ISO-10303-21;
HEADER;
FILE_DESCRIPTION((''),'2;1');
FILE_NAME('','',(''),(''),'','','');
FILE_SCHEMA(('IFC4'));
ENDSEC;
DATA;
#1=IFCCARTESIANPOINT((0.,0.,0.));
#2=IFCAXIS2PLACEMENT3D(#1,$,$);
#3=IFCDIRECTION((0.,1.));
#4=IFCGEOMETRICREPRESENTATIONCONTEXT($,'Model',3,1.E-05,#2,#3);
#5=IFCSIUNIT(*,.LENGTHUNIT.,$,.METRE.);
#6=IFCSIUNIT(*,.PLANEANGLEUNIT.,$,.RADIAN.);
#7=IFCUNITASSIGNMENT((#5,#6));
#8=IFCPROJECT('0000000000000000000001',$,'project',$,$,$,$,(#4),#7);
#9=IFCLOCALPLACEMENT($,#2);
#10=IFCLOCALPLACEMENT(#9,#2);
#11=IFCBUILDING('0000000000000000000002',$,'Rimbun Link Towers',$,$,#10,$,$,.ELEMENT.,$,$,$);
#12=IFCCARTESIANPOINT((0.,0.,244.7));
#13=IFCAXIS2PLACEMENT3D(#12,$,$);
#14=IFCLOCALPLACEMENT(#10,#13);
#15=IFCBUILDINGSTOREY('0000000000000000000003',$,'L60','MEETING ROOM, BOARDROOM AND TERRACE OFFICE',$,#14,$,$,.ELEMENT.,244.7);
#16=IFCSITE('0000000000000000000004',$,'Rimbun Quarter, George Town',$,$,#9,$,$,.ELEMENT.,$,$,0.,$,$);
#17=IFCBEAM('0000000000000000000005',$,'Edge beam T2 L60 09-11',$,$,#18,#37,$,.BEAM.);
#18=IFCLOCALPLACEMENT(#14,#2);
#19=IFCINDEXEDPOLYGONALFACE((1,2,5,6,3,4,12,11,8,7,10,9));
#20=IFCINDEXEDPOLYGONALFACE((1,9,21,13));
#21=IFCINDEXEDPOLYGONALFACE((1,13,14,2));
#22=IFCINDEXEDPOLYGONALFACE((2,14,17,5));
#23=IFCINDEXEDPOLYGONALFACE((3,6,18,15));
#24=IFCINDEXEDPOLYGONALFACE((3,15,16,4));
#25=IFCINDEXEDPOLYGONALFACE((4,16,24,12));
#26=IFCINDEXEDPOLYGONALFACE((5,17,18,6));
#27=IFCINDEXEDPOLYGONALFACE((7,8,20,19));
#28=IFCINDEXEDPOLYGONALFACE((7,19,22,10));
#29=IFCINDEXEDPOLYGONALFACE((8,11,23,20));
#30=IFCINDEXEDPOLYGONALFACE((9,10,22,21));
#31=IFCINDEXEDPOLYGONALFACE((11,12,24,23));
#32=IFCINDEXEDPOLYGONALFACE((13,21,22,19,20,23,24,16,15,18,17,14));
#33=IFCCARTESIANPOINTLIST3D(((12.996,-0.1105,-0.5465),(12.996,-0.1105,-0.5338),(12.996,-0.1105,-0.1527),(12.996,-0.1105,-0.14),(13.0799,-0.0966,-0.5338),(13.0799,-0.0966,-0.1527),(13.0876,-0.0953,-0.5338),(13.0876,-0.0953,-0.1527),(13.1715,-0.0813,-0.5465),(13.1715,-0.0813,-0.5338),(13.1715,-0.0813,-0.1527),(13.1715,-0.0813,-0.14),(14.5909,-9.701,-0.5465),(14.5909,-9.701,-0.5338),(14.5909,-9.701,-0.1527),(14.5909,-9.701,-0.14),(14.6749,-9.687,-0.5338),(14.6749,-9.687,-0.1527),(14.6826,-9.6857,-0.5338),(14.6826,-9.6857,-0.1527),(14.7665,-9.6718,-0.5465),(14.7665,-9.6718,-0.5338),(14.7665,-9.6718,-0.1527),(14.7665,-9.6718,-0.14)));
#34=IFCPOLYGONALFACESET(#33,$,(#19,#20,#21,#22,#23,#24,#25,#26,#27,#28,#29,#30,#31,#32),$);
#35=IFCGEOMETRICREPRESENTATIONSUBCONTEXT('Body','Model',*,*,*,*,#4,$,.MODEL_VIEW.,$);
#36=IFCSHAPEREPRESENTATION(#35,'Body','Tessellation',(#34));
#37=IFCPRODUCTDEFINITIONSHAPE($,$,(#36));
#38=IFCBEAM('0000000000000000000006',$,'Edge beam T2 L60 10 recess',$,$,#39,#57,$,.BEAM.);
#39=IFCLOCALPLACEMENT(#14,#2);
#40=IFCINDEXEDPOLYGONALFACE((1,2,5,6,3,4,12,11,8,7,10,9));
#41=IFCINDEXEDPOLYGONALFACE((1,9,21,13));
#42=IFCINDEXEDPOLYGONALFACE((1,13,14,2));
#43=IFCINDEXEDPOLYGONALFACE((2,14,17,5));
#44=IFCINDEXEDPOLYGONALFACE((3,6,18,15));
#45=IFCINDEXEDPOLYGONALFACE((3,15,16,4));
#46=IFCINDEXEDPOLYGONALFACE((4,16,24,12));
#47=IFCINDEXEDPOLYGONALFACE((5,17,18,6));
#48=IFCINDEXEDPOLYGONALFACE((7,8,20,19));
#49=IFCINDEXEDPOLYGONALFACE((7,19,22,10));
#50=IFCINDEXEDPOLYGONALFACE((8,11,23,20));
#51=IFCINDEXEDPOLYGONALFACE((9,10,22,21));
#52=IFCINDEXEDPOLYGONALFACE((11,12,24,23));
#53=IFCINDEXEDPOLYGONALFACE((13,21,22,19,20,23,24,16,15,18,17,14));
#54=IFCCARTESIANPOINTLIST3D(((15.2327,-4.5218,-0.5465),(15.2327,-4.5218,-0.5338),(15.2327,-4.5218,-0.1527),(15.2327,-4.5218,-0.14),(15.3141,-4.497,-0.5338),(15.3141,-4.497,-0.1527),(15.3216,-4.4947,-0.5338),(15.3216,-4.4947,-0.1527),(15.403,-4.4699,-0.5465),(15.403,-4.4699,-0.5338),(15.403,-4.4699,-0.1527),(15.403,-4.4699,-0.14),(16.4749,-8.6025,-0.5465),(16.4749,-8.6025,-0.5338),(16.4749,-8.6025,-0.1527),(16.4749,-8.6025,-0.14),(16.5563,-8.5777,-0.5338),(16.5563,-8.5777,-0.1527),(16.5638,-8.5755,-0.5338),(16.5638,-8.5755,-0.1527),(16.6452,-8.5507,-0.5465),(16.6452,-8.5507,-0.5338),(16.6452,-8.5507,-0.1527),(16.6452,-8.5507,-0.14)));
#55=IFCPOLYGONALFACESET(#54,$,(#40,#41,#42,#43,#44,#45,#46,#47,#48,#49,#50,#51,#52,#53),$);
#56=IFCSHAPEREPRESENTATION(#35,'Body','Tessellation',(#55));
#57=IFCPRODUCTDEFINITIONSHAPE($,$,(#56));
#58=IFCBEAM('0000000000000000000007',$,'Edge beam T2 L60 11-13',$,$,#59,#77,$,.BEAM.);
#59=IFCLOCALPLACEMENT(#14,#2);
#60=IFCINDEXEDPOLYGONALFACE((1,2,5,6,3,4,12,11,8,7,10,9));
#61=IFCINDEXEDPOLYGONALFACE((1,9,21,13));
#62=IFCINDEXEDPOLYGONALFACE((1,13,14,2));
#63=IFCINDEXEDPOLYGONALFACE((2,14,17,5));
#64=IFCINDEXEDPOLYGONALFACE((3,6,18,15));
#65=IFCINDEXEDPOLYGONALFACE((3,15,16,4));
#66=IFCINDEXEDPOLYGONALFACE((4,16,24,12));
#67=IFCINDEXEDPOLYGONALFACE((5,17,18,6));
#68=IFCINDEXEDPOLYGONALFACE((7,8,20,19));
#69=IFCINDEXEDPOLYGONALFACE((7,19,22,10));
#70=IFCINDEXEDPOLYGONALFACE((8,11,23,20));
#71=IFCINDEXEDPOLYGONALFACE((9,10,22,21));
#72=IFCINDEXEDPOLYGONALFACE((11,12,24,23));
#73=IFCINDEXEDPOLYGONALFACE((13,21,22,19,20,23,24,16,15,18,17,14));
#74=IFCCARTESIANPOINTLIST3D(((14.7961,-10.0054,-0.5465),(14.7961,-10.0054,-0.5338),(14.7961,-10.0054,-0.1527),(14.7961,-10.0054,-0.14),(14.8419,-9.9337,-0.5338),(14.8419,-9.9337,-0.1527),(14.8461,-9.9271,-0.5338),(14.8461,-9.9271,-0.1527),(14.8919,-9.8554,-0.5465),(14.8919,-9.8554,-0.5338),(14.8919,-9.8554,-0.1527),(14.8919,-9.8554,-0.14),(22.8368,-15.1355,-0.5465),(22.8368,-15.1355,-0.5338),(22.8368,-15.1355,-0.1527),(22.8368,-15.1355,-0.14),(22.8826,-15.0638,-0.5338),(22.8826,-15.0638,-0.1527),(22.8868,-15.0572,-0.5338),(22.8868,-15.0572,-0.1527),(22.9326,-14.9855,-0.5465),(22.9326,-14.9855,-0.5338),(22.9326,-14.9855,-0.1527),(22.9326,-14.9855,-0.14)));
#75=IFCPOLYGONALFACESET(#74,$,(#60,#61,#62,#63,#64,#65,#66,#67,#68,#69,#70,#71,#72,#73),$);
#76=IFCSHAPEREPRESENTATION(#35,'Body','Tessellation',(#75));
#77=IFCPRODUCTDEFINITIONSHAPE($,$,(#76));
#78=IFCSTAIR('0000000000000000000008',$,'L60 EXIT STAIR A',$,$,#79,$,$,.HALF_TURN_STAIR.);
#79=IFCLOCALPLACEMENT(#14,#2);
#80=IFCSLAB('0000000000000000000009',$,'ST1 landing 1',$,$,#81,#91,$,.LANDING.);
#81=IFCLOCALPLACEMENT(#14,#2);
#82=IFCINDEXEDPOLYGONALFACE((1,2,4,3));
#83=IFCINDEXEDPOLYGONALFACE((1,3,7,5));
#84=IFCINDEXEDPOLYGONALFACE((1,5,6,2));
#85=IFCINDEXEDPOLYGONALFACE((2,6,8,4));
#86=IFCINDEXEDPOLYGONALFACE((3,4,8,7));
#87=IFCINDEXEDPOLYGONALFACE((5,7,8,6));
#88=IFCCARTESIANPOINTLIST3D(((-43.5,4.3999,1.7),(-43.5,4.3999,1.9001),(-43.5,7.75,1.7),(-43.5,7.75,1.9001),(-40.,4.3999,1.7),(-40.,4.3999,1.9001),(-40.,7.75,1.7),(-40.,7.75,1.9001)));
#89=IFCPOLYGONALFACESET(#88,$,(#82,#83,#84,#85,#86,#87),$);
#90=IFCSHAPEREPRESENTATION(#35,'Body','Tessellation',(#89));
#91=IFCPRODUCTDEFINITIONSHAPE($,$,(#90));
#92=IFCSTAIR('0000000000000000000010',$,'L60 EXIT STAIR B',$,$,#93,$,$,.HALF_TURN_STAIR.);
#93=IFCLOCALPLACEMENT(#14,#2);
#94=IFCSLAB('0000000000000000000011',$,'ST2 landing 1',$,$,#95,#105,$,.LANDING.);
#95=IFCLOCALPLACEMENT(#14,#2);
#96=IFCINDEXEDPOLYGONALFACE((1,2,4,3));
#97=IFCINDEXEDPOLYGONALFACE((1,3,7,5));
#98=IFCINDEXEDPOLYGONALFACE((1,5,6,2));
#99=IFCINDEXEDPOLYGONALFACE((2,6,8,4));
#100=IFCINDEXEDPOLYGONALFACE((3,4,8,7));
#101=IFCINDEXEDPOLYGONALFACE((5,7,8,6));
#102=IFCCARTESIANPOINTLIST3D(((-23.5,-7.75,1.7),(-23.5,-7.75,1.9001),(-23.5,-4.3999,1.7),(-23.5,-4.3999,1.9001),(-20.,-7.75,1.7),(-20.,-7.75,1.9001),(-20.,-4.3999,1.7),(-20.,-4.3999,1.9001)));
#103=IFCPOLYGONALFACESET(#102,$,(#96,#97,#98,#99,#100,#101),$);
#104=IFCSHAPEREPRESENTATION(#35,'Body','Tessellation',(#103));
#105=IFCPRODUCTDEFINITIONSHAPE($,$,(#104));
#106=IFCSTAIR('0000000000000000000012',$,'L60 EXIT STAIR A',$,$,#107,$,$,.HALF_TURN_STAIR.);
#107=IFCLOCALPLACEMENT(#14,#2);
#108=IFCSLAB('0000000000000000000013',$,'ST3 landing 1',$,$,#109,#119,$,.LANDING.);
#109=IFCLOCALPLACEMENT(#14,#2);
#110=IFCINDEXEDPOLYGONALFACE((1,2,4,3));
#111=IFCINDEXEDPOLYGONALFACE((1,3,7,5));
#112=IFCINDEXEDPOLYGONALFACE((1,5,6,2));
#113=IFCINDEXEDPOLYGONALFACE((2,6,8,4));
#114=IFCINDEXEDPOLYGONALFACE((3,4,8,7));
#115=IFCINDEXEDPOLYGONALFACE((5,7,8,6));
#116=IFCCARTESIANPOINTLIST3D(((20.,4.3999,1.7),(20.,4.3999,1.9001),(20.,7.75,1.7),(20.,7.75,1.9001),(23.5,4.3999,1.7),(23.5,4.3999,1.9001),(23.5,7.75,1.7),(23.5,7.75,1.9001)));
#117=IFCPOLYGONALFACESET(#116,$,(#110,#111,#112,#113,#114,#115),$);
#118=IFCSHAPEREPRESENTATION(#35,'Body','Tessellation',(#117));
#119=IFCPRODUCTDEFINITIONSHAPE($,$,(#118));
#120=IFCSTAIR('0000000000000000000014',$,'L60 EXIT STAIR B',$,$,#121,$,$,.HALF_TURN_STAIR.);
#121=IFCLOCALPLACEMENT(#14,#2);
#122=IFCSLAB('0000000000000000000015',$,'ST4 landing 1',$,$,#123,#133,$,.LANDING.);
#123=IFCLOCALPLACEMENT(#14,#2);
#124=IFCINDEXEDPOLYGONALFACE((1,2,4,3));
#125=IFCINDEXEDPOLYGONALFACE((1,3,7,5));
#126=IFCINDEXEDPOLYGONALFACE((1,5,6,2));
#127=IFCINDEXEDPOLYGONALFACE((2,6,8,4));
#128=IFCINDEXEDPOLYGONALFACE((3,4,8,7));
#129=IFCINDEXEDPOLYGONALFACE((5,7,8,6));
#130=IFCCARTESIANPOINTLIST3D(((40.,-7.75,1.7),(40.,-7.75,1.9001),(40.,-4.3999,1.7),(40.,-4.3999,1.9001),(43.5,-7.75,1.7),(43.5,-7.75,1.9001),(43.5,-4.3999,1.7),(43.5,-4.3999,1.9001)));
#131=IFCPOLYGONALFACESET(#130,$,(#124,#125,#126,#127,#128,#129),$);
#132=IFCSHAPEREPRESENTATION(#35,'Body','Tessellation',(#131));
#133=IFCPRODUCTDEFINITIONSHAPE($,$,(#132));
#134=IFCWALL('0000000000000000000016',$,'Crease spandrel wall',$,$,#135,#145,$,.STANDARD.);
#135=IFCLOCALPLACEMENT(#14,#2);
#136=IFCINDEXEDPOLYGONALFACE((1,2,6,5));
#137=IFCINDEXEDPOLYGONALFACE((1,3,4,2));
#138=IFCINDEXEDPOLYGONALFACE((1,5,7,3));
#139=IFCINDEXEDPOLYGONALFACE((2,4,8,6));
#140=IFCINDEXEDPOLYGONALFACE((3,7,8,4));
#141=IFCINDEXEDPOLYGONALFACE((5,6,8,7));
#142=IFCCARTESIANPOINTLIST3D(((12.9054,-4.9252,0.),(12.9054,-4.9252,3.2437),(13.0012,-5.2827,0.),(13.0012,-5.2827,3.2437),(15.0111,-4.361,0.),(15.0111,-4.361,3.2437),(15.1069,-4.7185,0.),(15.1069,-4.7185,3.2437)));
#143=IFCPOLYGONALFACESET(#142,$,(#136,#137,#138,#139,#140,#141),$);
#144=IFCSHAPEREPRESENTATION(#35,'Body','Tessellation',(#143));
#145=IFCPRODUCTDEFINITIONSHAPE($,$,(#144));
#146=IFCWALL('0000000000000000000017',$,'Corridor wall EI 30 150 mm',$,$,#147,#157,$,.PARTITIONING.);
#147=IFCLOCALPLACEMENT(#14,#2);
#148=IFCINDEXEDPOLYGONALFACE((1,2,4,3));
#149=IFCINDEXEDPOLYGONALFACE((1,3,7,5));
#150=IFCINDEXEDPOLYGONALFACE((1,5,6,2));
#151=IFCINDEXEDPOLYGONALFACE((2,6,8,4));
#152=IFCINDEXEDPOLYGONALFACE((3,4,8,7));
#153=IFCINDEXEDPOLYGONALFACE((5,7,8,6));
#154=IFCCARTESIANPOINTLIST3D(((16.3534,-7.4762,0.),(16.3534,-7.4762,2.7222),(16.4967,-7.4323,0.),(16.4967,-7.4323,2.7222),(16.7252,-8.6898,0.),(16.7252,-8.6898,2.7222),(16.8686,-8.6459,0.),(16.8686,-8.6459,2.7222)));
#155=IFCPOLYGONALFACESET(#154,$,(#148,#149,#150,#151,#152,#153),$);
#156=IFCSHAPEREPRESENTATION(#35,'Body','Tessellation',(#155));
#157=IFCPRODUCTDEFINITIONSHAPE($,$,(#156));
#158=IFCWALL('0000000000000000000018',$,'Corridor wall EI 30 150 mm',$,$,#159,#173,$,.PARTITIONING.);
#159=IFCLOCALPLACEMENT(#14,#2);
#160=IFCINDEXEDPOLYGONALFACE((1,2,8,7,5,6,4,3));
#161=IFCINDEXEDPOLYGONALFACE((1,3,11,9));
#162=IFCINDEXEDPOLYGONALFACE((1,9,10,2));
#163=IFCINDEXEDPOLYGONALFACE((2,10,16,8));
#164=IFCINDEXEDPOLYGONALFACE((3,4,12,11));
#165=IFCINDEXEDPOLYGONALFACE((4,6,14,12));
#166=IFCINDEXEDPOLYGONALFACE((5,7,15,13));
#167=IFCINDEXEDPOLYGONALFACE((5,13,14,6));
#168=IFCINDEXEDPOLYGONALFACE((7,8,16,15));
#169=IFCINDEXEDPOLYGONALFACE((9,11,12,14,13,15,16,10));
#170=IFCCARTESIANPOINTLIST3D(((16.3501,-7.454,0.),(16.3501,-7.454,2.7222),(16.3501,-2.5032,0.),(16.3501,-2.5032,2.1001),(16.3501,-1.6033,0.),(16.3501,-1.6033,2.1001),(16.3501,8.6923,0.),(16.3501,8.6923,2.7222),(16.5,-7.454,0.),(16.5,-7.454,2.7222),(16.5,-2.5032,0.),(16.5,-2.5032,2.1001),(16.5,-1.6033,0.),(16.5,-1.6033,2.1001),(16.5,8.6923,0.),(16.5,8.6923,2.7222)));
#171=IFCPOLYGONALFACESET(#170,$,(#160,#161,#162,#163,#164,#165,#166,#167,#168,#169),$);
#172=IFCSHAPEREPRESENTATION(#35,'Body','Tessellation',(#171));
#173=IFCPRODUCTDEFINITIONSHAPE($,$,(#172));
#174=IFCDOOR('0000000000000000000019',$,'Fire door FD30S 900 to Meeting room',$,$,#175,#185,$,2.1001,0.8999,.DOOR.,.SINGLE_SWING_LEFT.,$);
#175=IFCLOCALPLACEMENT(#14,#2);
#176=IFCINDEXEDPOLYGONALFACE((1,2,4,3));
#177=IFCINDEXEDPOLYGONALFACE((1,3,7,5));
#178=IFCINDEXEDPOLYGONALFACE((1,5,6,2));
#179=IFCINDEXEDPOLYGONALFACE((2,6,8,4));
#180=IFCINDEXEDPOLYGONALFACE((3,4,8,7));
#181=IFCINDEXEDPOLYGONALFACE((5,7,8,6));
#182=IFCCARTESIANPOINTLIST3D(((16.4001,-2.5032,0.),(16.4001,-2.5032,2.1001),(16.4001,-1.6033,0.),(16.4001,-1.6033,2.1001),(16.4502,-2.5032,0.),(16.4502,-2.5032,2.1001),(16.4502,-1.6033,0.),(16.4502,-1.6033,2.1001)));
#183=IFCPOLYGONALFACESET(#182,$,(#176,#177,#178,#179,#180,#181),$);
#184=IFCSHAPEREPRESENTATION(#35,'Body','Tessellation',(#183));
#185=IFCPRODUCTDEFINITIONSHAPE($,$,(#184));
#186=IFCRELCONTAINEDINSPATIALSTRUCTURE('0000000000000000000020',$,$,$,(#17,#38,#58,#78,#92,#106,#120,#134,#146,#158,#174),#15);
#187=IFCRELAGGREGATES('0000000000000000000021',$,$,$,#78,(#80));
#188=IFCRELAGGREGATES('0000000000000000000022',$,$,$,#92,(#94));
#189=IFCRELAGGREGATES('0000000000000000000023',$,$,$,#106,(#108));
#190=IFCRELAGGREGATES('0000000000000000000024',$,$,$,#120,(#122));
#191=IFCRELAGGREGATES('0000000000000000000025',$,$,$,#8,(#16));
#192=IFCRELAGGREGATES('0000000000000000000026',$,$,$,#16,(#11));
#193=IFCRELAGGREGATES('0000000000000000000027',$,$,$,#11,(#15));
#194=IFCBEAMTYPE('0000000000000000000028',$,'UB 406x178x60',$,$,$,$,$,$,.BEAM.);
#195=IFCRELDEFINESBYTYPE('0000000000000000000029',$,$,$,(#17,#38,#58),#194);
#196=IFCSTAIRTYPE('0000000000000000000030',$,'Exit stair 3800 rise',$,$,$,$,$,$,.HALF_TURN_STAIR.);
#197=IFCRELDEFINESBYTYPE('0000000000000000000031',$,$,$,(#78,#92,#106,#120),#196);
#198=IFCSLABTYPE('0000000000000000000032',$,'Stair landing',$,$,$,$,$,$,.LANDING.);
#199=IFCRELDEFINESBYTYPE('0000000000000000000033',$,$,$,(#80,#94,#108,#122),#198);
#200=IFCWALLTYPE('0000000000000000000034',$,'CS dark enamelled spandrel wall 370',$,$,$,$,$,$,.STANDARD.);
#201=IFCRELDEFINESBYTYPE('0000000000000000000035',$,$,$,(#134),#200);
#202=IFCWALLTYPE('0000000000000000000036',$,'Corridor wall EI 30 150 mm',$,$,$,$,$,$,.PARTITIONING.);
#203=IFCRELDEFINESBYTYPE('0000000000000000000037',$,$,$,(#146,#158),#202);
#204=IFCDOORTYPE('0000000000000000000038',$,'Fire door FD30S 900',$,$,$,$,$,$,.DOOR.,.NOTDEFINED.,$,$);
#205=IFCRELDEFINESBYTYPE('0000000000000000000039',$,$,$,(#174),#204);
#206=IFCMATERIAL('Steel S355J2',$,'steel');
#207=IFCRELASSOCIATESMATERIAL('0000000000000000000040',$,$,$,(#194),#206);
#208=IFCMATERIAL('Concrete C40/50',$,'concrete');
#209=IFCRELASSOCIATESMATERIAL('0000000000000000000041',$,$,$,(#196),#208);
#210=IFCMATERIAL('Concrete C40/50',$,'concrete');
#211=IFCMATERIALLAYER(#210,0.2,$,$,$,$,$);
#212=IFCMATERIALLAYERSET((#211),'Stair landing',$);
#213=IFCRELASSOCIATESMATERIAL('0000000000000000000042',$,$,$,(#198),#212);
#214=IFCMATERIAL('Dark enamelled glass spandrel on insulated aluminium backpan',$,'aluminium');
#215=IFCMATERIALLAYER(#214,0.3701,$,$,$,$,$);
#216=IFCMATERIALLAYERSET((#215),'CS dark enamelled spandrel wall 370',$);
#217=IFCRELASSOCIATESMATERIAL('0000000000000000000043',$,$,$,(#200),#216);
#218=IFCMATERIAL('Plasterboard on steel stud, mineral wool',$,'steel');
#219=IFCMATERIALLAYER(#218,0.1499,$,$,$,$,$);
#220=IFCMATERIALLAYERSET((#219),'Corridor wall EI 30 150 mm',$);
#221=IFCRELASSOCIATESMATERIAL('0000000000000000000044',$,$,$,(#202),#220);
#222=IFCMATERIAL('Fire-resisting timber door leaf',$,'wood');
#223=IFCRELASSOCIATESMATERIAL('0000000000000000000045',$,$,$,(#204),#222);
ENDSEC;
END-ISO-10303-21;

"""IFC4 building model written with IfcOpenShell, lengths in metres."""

from ifc_helpers import new_model, si_unit, direction, frame, frame_2d, origin, origin_2d, place, context, subcontext, project, spatial, polyline, rectangle, i_section, outline, extrude, material, layer, layer_set, material_profile, profile_set, type_object, element, fill, aggregate, save


model = new_model("IFC4")

# Units and contexts
model_context = context("Model", 3, precision=1e-05, world=origin(), true_north=direction((0.0, 1.0)))
body_context = subcontext(model_context, "Body", "Model", "MODEL_VIEW")
ifc_project = project(units=[si_unit("LENGTHUNIT", "METRE"), si_unit("PLANEANGLEUNIT", "RADIAN")], contexts=[model_context])

# Site, building, storey
site_placement = place(None, origin())
site = spatial("IfcSite", under=ifc_project, at=site_placement, Name="Rimbun Quarter, George Town", CompositionType="ELEMENT", RefElevation=0.0)
building_placement = place(site_placement, origin())
building = spatial("IfcBuilding", under=site, at=building_placement, Name="Rimbun Link Towers", CompositionType="ELEMENT")
storey_placement = place(building_placement, frame((0.0, 0.0, 244.7)))
storey = spatial("IfcBuildingStorey", under=building, at=storey_placement, Name="L60", Description="MEETING ROOM, BOARDROOM AND TERRACE OFFICE", CompositionType="ELEMENT", Elevation=244.7)

# Beams
ifc_material_1 = material(Name="Steel S355J2", Category="steel")
ifc_material_profile_1 = material_profile(ifc_material_1, i_section(OverallWidth=0.178, OverallDepth=0.4065, WebThickness=0.0078, FlangeThickness=0.0127, at=origin_2d()), Name="UB 406x178x60")
ifc_profile_set_1 = profile_set([ifc_material_profile_1], Name="Steel S355J2")
beam_type = type_object("IfcBeamType", Name="UB 406x178x60", PredefinedType="BEAM", material=ifc_profile_set_1)
beam_1_placement = place(storey_placement, frame((13.0837, -0.0959, -0.3433), z_axis=(0.164057, -0.986451, 0.0), x_axis=(0.986451, 0.164057, 0.0)))
element("IfcBeam", 1, at=beam_1_placement, inside=storey, type_object=beam_type, Name="Edge beam T2 L60 09-11", PredefinedType="BEAM", context=body_context, shape_type="SweptSolid", body=[
    extrude(i_section(OverallWidth=0.178, OverallDepth=0.4065, WebThickness=0.0078, FlangeThickness=0.0127, at=origin_2d()), origin(), (0.0, 0.0, 1.0), 9.7222),
])
beam_2_placement = place(storey_placement, frame((15.3179, -4.4958, -0.3433), z_axis=(0.291205, -0.956661, 0.0), x_axis=(0.956661, 0.291205, 0.0)))
element("IfcBeam", 2, at=beam_2_placement, inside=storey, type_object=beam_type, Name="Edge beam T2 L60 10 recess", PredefinedType="BEAM", context=body_context, shape_type="SweptSolid", body=[
    extrude(i_section(OverallWidth=0.178, OverallDepth=0.4065, WebThickness=0.0078, FlangeThickness=0.0127, at=origin_2d()), origin(), (0.0, 0.0, 1.0), 4.2656),
])
beam_3_placement = place(storey_placement, frame((14.844, -9.9304, -0.3433), z_axis=(0.843031, -0.537866, 0.0), x_axis=(0.537866, 0.843031, 0.0)))
element("IfcBeam", 3, at=beam_3_placement, inside=storey, type_object=beam_type, Name="Edge beam T2 L60 11-13", PredefinedType="BEAM", context=body_context, shape_type="SweptSolid", body=[
    extrude(i_section(OverallWidth=0.178, OverallDepth=0.4065, WebThickness=0.0078, FlangeThickness=0.0127, at=origin_2d()), origin(), (0.0, 0.0, 1.0), 9.5378),
])

# Stairs, slabs
ifc_material_2 = material(Name="Concrete C40/50", Category="concrete")
stair_type = type_object("IfcStairType", Name="Exit stair 3800 rise", PredefinedType="HALF_TURN_STAIR", material=ifc_material_2)
stair_1_placement = place(storey_placement, origin())
stair_1 = element("IfcStair", 4, at=stair_1_placement, inside=storey, type_object=stair_type, Name="L60 EXIT STAIR A", PredefinedType="HALF_TURN_STAIR")
ifc_material_3 = material(Name="Concrete C40/50", Category="concrete")
ifc_layer_1 = layer(ifc_material_3, 0.2)
ifc_layer_set_1 = layer_set([ifc_layer_1], Name="Stair landing")
slab_type = type_object("IfcSlabType", Name="Stair landing", PredefinedType="LANDING", material=ifc_layer_set_1)
slab_1_placement = place(storey_placement, frame((0.0, 0.0, 1.7)))
slab_1 = element("IfcSlab", 5, at=slab_1_placement, type_object=slab_type, Name="ST1 landing 1", PredefinedType="LANDING", context=body_context, shape_type="SweptSolid", body=[
    extrude(outline(polyline([(-40.0, 7.75), (-43.5, 7.75), (-43.5, 4.3999), (-40.0, 4.3999), (-40.0, 7.75)])), origin(), (0.0, 0.0, 1.0), 0.2002),
])
aggregate(stair_1, [slab_1])
stair_2_placement = place(storey_placement, origin())
stair_2 = element("IfcStair", 6, at=stair_2_placement, inside=storey, type_object=stair_type, Name="L60 EXIT STAIR B", PredefinedType="HALF_TURN_STAIR")
slab_2_placement = place(storey_placement, frame((0.0, 0.0, 1.7)))
slab_2 = element("IfcSlab", 7, at=slab_2_placement, type_object=slab_type, Name="ST2 landing 1", PredefinedType="LANDING", context=body_context, shape_type="SweptSolid", body=[
    extrude(outline(polyline([(-23.5, -7.75), (-20.0, -7.75), (-20.0, -4.3999), (-23.5, -4.3999), (-23.5, -7.75)])), origin(), (0.0, 0.0, 1.0), 0.2002),
])
aggregate(stair_2, [slab_2])
stair_3_placement = place(storey_placement, origin())
stair_3 = element("IfcStair", 8, at=stair_3_placement, inside=storey, type_object=stair_type, Name="L60 EXIT STAIR A", PredefinedType="HALF_TURN_STAIR")
slab_3_placement = place(storey_placement, frame((0.0, 0.0, 1.7)))
slab_3 = element("IfcSlab", 9, at=slab_3_placement, type_object=slab_type, Name="ST3 landing 1", PredefinedType="LANDING", context=body_context, shape_type="SweptSolid", body=[
    extrude(outline(polyline([(23.5, 7.75), (20.0, 7.75), (20.0, 4.3999), (23.5, 4.3999), (23.5, 7.75)])), origin(), (0.0, 0.0, 1.0), 0.2002),
])
aggregate(stair_3, [slab_3])
stair_4_placement = place(storey_placement, origin())
stair_4 = element("IfcStair", 10, at=stair_4_placement, inside=storey, type_object=stair_type, Name="L60 EXIT STAIR B", PredefinedType="HALF_TURN_STAIR")
slab_4_placement = place(storey_placement, frame((0.0, 0.0, 1.7)))
slab_4 = element("IfcSlab", 11, at=slab_4_placement, type_object=slab_type, Name="ST4 landing 1", PredefinedType="LANDING", context=body_context, shape_type="SweptSolid", body=[
    extrude(outline(polyline([(40.0, -7.75), (43.5, -7.75), (43.5, -4.3999), (40.0, -4.3999), (40.0, -7.75)])), origin(), (0.0, 0.0, 1.0), 0.2002),
])
aggregate(stair_4, [slab_4])

# Walls
ifc_material_4 = material(Name="Dark enamelled glass spandrel on insulated aluminium backpan", Category="aluminium")
ifc_layer_2 = layer(ifc_material_4, 0.3701)
ifc_layer_set_2 = layer_set([ifc_layer_2], Name="CS dark enamelled spandrel wall 370")
wall_type_1 = type_object("IfcWallType", Name="CS dark enamelled spandrel wall 370", PredefinedType="STANDARD", material=ifc_layer_set_2)
wall_1_placement = place(storey_placement, frame((15.0588, -4.5398, 0.0), z_axis=(0.0, 0.0, 1.0), x_axis=(-0.965928, -0.258813, 0.0)))
element("IfcWall", 12, at=wall_1_placement, inside=storey, type_object=wall_type_1, Name="Crease spandrel wall", PredefinedType="STANDARD", context=body_context, shape_type="SweptSolid", body=[
    extrude(rectangle(XDim=2.1799, YDim=0.3701, at=frame_2d((1.0898, 0.0))), origin(), (0.0, 0.0, 1.0), 3.2437),
])
ifc_material_5 = material(Name="Plasterboard on steel stud, mineral wool", Category="steel")
ifc_layer_3 = layer(ifc_material_5, 0.1499)
ifc_layer_set_3 = layer_set([ifc_layer_3], Name="Corridor wall EI 30 150 mm")
wall_type_2 = type_object("IfcWallType", Name="Corridor wall EI 30 150 mm", PredefinedType="PARTITIONING", material=ifc_layer_set_3)
wall_2_placement = place(storey_placement, frame((16.425, -7.4541, 0.0), z_axis=(0.0, 0.0, 1.0), x_axis=(0.292937, -0.956132, 0.0)))
element("IfcWall", 13, at=wall_2_placement, inside=storey, type_object=wall_type_2, Name="Corridor wall EI 30 150 mm", PredefinedType="PARTITIONING", context=body_context, shape_type="SweptSolid", body=[
    extrude(rectangle(XDim=1.2693, YDim=0.1499, at=frame_2d((0.6348, 0.0))), origin(), (0.0, 0.0, 1.0), 2.7222),
])

# Wall, opening, door
wall_3_placement = place(storey_placement, frame((16.425, -7.4541, 0.0), z_axis=(0.0, 0.0, 1.0), x_axis=(0.0, 1.0, 0.0)))
wall_3 = element("IfcWall", 14, at=wall_3_placement, inside=storey, type_object=wall_type_2, Name="Corridor wall EI 30 150 mm", PredefinedType="PARTITIONING", context=body_context, shape_type="SweptSolid", body=[
    extrude(rectangle(XDim=16.1462, YDim=0.1499, at=frame_2d((8.0732, 0.0))), origin(), (0.0, 0.0, 1.0), 2.7222),
])
opening_1_placement = place(wall_3_placement, frame((4.9509, 0.0, 0.0)))
opening_1 = element("IfcOpeningElement", 15, at=opening_1_placement, cuts=wall_3, PredefinedType="OPENING", context=body_context, shape_type="SweptSolid", body=[
    extrude(rectangle(XDim=0.8999, YDim=2.1001, at=frame_2d((0.45, 1.05))), frame((0.0, 0.085, 0.0), z_axis=(0.0, -1.0, 0.0), x_axis=(1.0, 0.0, 0.0)), (0.0, 0.0, 1.0), 0.1699),
])
ifc_material_6 = material(Name="Fire-resisting timber door leaf", Category="wood")
door_type_1 = type_object("IfcDoorType", Name="Fire door FD30S 900", OperationType="NOTDEFINED", PredefinedType="DOOR", material=ifc_material_6)
door_1_placement = place(opening_1_placement, origin())
door_1 = element("IfcDoor", 16, at=door_1_placement, inside=storey, type_object=door_type_1, Name="Fire door FD30S 900 to Meeting room", OperationType="SINGLE_SWING_LEFT", OverallHeight=2.1001, OverallWidth=0.8999, PredefinedType="DOOR", context=body_context, shape_type="SweptSolid", body=[
    extrude(rectangle(XDim=0.8999, YDim=2.1001, at=frame_2d((0.45, 1.05))), frame((0.0, 0.0249, 0.0), z_axis=(0.0, -1.0, 0.0), x_axis=(1.0, 0.0, 0.0)), (0.0, 0.0, 1.0), 0.05),
])
fill(opening_1, door_1)

save(model, "model.ifc")
